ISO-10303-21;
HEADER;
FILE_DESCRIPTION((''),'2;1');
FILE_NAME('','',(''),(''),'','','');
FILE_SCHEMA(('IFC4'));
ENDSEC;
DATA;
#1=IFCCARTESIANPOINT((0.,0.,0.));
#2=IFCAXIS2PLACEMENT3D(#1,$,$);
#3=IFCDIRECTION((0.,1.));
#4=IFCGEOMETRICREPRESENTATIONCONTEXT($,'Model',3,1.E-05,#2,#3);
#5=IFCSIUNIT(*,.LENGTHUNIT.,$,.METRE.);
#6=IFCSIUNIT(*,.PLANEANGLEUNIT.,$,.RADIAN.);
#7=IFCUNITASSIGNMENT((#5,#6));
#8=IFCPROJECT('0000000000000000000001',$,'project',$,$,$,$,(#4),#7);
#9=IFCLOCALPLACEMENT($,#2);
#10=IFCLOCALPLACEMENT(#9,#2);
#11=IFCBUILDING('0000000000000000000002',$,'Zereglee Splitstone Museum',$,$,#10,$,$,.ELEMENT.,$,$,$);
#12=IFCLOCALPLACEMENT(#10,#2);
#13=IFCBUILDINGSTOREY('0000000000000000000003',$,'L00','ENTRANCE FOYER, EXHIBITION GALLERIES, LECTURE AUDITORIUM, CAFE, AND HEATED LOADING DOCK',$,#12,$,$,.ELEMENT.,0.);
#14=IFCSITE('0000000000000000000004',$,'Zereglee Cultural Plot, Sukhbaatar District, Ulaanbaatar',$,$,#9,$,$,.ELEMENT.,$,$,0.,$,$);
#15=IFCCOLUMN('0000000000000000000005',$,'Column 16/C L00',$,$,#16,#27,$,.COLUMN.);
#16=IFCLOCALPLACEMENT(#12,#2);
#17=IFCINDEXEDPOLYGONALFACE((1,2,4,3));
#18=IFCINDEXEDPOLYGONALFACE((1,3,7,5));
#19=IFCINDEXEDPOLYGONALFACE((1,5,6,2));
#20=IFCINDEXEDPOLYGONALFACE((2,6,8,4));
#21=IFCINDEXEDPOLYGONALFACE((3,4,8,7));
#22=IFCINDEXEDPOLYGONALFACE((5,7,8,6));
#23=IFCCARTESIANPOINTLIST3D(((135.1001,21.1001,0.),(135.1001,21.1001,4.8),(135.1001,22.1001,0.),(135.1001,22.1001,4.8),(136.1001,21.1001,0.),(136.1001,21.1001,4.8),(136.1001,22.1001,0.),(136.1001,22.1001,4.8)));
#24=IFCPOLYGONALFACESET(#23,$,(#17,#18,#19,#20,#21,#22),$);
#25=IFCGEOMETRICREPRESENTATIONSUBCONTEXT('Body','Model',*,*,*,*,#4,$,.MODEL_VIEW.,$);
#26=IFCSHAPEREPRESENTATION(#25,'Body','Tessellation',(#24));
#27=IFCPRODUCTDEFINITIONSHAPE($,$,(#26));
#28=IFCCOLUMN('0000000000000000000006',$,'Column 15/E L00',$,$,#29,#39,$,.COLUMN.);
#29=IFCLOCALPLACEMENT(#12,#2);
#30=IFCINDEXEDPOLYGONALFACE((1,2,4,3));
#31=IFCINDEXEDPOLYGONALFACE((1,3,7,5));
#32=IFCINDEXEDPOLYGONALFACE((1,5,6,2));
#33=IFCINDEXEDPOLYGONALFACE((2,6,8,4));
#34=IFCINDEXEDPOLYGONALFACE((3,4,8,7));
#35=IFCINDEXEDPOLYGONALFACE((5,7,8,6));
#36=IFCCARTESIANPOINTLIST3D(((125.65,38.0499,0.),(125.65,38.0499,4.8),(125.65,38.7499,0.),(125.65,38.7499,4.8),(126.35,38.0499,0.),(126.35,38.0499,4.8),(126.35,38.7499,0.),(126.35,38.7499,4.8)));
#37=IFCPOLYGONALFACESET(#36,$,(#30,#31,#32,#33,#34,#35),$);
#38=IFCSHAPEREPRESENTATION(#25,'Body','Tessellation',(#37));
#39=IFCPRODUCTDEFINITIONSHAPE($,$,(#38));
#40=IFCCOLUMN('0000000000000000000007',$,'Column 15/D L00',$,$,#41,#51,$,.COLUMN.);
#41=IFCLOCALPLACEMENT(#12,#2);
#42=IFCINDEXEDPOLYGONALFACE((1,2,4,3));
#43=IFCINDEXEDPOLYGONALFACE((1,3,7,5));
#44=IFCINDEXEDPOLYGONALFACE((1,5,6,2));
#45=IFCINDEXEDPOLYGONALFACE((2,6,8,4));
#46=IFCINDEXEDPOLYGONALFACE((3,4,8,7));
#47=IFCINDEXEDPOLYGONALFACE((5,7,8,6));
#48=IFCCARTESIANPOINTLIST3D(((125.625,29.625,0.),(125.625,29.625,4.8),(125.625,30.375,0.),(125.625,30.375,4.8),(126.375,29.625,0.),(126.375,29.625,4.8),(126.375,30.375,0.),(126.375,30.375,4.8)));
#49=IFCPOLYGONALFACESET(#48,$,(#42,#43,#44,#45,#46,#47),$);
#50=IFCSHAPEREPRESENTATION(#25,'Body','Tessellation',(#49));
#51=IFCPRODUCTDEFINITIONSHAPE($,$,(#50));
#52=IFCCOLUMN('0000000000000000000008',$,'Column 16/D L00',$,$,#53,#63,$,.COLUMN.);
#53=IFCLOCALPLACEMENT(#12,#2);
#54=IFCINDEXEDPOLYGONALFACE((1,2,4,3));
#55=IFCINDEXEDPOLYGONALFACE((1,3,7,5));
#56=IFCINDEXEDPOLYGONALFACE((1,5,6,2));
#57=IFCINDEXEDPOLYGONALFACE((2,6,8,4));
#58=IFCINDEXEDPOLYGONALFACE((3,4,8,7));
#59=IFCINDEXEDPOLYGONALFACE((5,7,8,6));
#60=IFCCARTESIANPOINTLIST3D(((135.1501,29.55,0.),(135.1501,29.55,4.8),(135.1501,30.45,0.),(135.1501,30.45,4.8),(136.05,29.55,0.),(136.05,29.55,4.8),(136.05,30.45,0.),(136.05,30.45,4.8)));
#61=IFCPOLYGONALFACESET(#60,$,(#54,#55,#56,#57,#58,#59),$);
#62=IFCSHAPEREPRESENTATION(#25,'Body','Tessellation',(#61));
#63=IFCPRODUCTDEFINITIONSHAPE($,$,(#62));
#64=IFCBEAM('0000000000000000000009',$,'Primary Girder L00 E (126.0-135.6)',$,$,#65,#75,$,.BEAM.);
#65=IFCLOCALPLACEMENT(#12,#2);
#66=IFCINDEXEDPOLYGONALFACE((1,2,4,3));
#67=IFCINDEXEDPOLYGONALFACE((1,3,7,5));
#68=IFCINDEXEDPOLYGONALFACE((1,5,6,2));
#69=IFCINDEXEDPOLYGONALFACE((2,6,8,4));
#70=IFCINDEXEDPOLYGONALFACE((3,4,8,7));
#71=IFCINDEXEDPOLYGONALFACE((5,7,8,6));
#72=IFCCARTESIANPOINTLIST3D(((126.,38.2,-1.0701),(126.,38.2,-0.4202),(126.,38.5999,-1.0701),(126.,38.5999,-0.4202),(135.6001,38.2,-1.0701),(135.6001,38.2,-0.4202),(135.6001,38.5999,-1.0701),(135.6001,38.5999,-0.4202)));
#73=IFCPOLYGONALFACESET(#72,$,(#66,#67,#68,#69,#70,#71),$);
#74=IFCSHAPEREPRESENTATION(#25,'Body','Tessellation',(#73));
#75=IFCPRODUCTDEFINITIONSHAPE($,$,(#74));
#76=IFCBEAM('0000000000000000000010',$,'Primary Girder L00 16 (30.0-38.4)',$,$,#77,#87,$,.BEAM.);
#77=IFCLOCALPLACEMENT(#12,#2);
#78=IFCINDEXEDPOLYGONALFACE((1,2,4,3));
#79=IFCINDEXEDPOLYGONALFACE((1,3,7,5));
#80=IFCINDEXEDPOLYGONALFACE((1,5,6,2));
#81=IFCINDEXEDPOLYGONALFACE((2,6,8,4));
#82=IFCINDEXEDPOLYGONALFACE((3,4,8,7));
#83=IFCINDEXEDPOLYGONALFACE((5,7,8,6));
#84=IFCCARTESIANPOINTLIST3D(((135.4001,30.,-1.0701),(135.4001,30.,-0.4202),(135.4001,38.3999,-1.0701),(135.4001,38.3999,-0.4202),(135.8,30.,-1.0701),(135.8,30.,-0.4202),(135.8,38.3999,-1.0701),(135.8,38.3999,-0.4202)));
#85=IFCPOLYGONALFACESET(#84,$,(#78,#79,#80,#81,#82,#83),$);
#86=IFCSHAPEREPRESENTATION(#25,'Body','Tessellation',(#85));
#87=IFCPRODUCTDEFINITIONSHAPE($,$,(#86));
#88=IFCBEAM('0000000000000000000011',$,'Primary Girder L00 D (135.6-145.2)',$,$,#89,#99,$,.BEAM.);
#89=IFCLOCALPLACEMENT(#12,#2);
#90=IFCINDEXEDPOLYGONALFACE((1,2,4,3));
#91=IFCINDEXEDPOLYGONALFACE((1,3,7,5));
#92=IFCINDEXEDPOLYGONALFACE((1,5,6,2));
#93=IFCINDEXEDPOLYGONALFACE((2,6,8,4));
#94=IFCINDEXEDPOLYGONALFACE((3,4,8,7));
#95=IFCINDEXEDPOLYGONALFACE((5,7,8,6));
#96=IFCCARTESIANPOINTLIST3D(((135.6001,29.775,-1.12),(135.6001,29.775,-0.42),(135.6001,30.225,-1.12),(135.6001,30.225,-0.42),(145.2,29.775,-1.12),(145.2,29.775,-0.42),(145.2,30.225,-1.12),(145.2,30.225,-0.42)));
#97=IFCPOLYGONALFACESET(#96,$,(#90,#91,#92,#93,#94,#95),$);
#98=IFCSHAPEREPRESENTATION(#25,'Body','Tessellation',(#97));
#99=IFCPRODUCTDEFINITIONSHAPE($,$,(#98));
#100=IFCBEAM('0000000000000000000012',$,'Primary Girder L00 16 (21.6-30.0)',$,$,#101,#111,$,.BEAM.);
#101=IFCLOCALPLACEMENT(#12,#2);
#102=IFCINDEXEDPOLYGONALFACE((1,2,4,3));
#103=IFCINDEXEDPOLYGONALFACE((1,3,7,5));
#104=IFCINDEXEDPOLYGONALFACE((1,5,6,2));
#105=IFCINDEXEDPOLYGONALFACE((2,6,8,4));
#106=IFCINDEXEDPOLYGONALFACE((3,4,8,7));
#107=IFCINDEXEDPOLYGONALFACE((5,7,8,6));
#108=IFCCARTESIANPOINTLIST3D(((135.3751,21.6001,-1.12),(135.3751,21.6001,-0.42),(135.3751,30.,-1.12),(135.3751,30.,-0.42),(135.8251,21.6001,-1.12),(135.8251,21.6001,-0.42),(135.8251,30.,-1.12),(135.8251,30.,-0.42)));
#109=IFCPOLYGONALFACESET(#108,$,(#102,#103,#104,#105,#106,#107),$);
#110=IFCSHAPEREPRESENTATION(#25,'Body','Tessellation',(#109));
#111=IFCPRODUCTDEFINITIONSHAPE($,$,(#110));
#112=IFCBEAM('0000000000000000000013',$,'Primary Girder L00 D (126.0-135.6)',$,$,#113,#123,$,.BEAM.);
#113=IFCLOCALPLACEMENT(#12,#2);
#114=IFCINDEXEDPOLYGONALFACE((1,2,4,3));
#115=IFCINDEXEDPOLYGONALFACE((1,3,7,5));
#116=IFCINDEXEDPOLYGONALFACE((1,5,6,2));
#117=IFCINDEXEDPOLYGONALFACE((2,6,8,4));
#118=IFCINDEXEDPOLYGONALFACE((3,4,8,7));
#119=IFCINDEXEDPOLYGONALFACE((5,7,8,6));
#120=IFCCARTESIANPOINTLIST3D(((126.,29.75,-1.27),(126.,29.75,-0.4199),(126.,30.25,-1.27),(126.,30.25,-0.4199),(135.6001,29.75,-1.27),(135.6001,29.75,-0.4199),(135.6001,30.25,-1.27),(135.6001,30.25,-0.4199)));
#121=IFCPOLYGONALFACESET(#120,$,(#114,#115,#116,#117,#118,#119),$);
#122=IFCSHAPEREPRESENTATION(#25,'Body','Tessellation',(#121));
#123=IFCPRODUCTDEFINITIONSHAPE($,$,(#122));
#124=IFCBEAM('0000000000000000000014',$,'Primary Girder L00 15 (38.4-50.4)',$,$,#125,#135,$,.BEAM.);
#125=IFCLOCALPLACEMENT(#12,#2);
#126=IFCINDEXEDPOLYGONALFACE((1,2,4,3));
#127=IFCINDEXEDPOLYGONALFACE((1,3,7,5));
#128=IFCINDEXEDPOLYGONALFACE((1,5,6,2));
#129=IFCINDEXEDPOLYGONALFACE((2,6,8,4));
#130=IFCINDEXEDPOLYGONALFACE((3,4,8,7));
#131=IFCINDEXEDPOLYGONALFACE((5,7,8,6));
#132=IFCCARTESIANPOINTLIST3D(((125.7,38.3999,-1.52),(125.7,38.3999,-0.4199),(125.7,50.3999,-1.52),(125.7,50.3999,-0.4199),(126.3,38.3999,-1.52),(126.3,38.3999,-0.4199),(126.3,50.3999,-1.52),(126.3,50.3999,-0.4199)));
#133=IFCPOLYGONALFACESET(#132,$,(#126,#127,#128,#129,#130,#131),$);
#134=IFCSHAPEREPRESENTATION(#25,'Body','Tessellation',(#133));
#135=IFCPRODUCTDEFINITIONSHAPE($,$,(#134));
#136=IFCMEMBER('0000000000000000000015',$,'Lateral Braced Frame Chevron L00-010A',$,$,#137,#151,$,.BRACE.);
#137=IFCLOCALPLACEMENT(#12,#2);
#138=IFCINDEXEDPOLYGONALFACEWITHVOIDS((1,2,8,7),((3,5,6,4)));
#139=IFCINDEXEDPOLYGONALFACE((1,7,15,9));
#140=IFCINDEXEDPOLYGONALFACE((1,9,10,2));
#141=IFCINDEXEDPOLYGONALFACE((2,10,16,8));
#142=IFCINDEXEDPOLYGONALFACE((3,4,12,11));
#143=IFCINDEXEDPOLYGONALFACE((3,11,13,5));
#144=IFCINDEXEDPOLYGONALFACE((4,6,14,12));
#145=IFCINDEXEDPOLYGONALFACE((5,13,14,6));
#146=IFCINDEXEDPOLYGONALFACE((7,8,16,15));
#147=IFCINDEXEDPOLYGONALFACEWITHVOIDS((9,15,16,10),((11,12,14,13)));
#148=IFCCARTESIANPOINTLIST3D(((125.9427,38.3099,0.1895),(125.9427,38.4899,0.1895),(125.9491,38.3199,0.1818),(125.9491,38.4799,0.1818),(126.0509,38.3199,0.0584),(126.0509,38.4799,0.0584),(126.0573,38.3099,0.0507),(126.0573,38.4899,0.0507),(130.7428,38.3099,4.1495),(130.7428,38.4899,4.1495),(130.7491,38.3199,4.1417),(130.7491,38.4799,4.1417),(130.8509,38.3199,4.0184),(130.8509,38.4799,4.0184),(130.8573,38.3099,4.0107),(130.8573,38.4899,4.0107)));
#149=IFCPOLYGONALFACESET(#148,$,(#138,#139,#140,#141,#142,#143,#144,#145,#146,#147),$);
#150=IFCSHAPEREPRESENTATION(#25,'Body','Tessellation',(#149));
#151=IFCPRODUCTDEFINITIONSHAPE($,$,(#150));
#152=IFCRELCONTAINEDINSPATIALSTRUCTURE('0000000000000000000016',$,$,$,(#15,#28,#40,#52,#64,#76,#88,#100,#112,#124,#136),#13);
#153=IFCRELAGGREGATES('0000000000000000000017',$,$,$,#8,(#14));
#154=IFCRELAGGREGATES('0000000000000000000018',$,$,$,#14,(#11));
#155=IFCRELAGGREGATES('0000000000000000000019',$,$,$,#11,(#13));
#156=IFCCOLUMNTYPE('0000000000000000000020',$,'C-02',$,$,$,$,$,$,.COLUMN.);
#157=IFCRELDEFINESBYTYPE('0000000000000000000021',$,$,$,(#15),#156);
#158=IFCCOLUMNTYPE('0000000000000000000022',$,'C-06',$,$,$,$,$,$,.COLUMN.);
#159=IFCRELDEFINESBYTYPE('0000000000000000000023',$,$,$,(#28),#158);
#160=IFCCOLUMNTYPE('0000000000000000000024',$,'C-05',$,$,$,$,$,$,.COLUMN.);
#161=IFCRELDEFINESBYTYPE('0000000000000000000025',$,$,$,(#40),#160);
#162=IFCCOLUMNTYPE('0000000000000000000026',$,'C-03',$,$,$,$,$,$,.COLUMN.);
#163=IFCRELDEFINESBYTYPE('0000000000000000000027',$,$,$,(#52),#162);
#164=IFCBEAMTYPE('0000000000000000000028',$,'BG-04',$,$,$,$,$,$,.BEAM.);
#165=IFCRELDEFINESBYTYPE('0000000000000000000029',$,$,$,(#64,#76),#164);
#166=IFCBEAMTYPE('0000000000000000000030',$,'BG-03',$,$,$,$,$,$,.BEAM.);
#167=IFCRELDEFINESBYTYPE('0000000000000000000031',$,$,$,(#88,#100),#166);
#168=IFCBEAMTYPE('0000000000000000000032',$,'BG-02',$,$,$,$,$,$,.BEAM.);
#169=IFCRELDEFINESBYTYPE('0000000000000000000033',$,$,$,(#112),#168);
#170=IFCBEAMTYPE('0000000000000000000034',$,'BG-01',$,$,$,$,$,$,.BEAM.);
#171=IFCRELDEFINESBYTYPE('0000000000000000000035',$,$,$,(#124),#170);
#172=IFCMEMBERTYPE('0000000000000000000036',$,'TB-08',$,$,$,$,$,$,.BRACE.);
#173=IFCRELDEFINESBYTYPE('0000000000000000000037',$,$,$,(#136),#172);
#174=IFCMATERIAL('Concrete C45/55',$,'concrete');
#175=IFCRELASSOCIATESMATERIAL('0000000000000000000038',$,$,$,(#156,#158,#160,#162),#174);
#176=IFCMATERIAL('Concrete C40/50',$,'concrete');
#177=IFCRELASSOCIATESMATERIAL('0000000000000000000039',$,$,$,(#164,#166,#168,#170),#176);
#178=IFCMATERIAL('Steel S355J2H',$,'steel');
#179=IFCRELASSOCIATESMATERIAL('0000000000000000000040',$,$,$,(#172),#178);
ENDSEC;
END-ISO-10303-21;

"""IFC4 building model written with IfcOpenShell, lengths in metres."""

from ifc_helpers import new_model, si_unit, direction, frame, origin, origin_2d, place, context, subcontext, project, spatial, rectangle, hollow_rectangle, extrude, material, material_profile, profile_set, type_object, element, save


model = new_model("IFC4")

# Units and contexts
model_context = context("Model", 3, precision=1e-05, world=origin(), true_north=direction((0.0, 1.0)))
body_context = subcontext(model_context, "Body", "Model", "MODEL_VIEW")
ifc_project = project(units=[si_unit("LENGTHUNIT", "METRE"), si_unit("PLANEANGLEUNIT", "RADIAN")], contexts=[model_context])

# Site, building, storey
site_placement = place(None, origin())
site = spatial("IfcSite", under=ifc_project, at=site_placement, Name="Zereglee Cultural Plot, Sukhbaatar District, Ulaanbaatar", CompositionType="ELEMENT", RefElevation=0.0)
building_placement = place(site_placement, origin())
building = spatial("IfcBuilding", under=site, at=building_placement, Name="Zereglee Splitstone Museum", CompositionType="ELEMENT")
storey_placement = place(building_placement, origin())
storey = spatial("IfcBuildingStorey", under=building, at=storey_placement, Name="L00", Description="ENTRANCE FOYER, EXHIBITION GALLERIES, LECTURE AUDITORIUM, CAFE, AND HEATED LOADING DOCK", CompositionType="ELEMENT", Elevation=0.0)

# Columns
ifc_material_1 = material(Name="Concrete C45/55", Category="concrete")
ifc_material_profile_1 = material_profile(ifc_material_1, rectangle(XDim=1.0, YDim=1.0, at=origin_2d()), Name="RC 1000x1000")
ifc_profile_set_1 = profile_set([ifc_material_profile_1], Name="Concrete C45/55")
column_type_1 = type_object("IfcColumnType", Name="C-02", PredefinedType="COLUMN", material=ifc_profile_set_1)
column_1_placement = place(storey_placement, frame((135.6001, 21.6001, 0.0), z_axis=(0.0, 0.0, 1.0), x_axis=(1.0, 0.0, 0.0)))
element("IfcColumn", 1, at=column_1_placement, inside=storey, type_object=column_type_1, Name="Column 16/C L00", PredefinedType="COLUMN", context=body_context, shape_type="SweptSolid", body=[
    extrude(rectangle(XDim=1.0, YDim=1.0, at=origin_2d()), origin(), (0.0, 0.0, 1.0), 4.8),
])
ifc_material_profile_2 = material_profile(ifc_material_1, rectangle(XDim=0.7, YDim=0.7, at=origin_2d()), Name="RC 700x700")
ifc_profile_set_2 = profile_set([ifc_material_profile_2], Name="Concrete C45/55")
column_type_2 = type_object("IfcColumnType", Name="C-06", PredefinedType="COLUMN", material=ifc_profile_set_2)
column_2_placement = place(storey_placement, frame((126.0, 38.3999, 0.0), z_axis=(0.0, 0.0, 1.0), x_axis=(1.0, 0.0, 0.0)))
element("IfcColumn", 2, at=column_2_placement, inside=storey, type_object=column_type_2, Name="Column 15/E L00", PredefinedType="COLUMN", context=body_context, shape_type="SweptSolid", body=[
    extrude(rectangle(XDim=0.7, YDim=0.7, at=origin_2d()), origin(), (0.0, 0.0, 1.0), 4.8),
])
ifc_material_profile_3 = material_profile(ifc_material_1, rectangle(XDim=0.75, YDim=0.75, at=origin_2d()), Name="RC 750x750")
ifc_profile_set_3 = profile_set([ifc_material_profile_3], Name="Concrete C45/55")
column_type_3 = type_object("IfcColumnType", Name="C-05", PredefinedType="COLUMN", material=ifc_profile_set_3)
column_3_placement = place(storey_placement, frame((126.0, 30.0, 0.0), z_axis=(0.0, 0.0, 1.0), x_axis=(1.0, 0.0, 0.0)))
element("IfcColumn", 3, at=column_3_placement, inside=storey, type_object=column_type_3, Name="Column 15/D L00", PredefinedType="COLUMN", context=body_context, shape_type="SweptSolid", body=[
    extrude(rectangle(XDim=0.75, YDim=0.75, at=origin_2d()), origin(), (0.0, 0.0, 1.0), 4.8),
])
ifc_material_profile_4 = material_profile(ifc_material_1, rectangle(XDim=0.8999, YDim=0.8999, at=origin_2d()), Name="RC 900x900")
ifc_profile_set_4 = profile_set([ifc_material_profile_4], Name="Concrete C45/55")
column_type_4 = type_object("IfcColumnType", Name="C-03", PredefinedType="COLUMN", material=ifc_profile_set_4)
column_4_placement = place(storey_placement, frame((135.6001, 30.0, 0.0), z_axis=(0.0, 0.0, 1.0), x_axis=(1.0, 0.0, 0.0)))
element("IfcColumn", 4, at=column_4_placement, inside=storey, type_object=column_type_4, Name="Column 16/D L00", PredefinedType="COLUMN", context=body_context, shape_type="SweptSolid", body=[
    extrude(rectangle(XDim=0.8999, YDim=0.8999, at=origin_2d()), origin(), (0.0, 0.0, 1.0), 4.8),
])

# Beams
ifc_material_2 = material(Name="Concrete C40/50", Category="concrete")
ifc_material_profile_5 = material_profile(ifc_material_2, rectangle(XDim=0.3999, YDim=0.6499, at=origin_2d()), Name="RC 400x650")
ifc_profile_set_5 = profile_set([ifc_material_profile_5], Name="Concrete C40/50")
beam_type_1 = type_object("IfcBeamType", Name="BG-04", PredefinedType="BEAM", material=ifc_profile_set_5)
beam_1_placement = place(storey_placement, frame((126.0, 38.3999, -0.7451), z_axis=(1.0, 0.0, 0.0), x_axis=(0.0, 1.0, 0.0)))
element("IfcBeam", 5, at=beam_1_placement, inside=storey, type_object=beam_type_1, Name="Primary Girder L00 E (126.0-135.6)", PredefinedType="BEAM", context=body_context, shape_type="SweptSolid", body=[
    extrude(rectangle(XDim=0.3999, YDim=0.6499, at=origin_2d()), origin(), (0.0, 0.0, 1.0), 9.6001),
])
beam_2_placement = place(storey_placement, frame((135.6001, 30.0, -0.7451), z_axis=(0.0, 1.0, 0.0), x_axis=(-1.0, 0.0, 0.0)))
element("IfcBeam", 6, at=beam_2_placement, inside=storey, type_object=beam_type_1, Name="Primary Girder L00 16 (30.0-38.4)", PredefinedType="BEAM", context=body_context, shape_type="SweptSolid", body=[
    extrude(rectangle(XDim=0.3999, YDim=0.6499, at=origin_2d()), origin(), (0.0, 0.0, 1.0), 8.3999),
])
ifc_material_profile_6 = material_profile(ifc_material_2, rectangle(XDim=0.45, YDim=0.7, at=origin_2d()), Name="RC 450x700")
ifc_profile_set_6 = profile_set([ifc_material_profile_6], Name="Concrete C40/50")
beam_type_2 = type_object("IfcBeamType", Name="BG-03", PredefinedType="BEAM", material=ifc_profile_set_6)
beam_3_placement = place(storey_placement, frame((135.6001, 30.0, -0.77), z_axis=(1.0, 0.0, 0.0), x_axis=(0.0, 1.0, 0.0)))
element("IfcBeam", 7, at=beam_3_placement, inside=storey, type_object=beam_type_2, Name="Primary Girder L00 D (135.6-145.2)", PredefinedType="BEAM", context=body_context, shape_type="SweptSolid", body=[
    extrude(rectangle(XDim=0.45, YDim=0.7, at=origin_2d()), origin(), (0.0, 0.0, 1.0), 9.5999),
])
beam_4_placement = place(storey_placement, frame((135.6001, 21.6001, -0.77), z_axis=(0.0, 1.0, 0.0), x_axis=(-1.0, 0.0, 0.0)))
element("IfcBeam", 8, at=beam_4_placement, inside=storey, type_object=beam_type_2, Name="Primary Girder L00 16 (21.6-30.0)", PredefinedType="BEAM", context=body_context, shape_type="SweptSolid", body=[
    extrude(rectangle(XDim=0.45, YDim=0.7, at=origin_2d()), origin(), (0.0, 0.0, 1.0), 8.3999),
])
ifc_material_profile_7 = material_profile(ifc_material_2, rectangle(XDim=0.5, YDim=0.8501, at=origin_2d()), Name="RC 500x850")
ifc_profile_set_7 = profile_set([ifc_material_profile_7], Name="Concrete C40/50")
beam_type_3 = type_object("IfcBeamType", Name="BG-02", PredefinedType="BEAM", material=ifc_profile_set_7)
beam_5_placement = place(storey_placement, frame((126.0, 30.0, -0.845), z_axis=(1.0, 0.0, 0.0), x_axis=(0.0, 1.0, 0.0)))
element("IfcBeam", 9, at=beam_5_placement, inside=storey, type_object=beam_type_3, Name="Primary Girder L00 D (126.0-135.6)", PredefinedType="BEAM", context=body_context, shape_type="SweptSolid", body=[
    extrude(rectangle(XDim=0.5, YDim=0.8501, at=origin_2d()), origin(), (0.0, 0.0, 1.0), 9.6001),
])
ifc_material_profile_8 = material_profile(ifc_material_2, rectangle(XDim=0.6001, YDim=1.1001, at=origin_2d()), Name="RC 600x1100")
ifc_profile_set_8 = profile_set([ifc_material_profile_8], Name="Concrete C40/50")
beam_type_4 = type_object("IfcBeamType", Name="BG-01", PredefinedType="BEAM", material=ifc_profile_set_8)
beam_6_placement = place(storey_placement, frame((126.0, 38.3999, -0.97), z_axis=(0.0, 1.0, 0.0), x_axis=(-1.0, 0.0, 0.0)))
element("IfcBeam", 10, at=beam_6_placement, inside=storey, type_object=beam_type_4, Name="Primary Girder L00 15 (38.4-50.4)", PredefinedType="BEAM", context=body_context, shape_type="SweptSolid", body=[
    extrude(rectangle(XDim=0.6001, YDim=1.1001, at=origin_2d()), origin(), (0.0, 0.0, 1.0), 12.0),
])

# Member
ifc_material_3 = material(Name="Steel S355J2H", Category="steel")
ifc_material_profile_9 = material_profile(ifc_material_3, hollow_rectangle(XDim=0.1799, YDim=0.1799, WallThickness=0.01, at=origin_2d()), Name="SHS 180x180x10")
ifc_profile_set_9 = profile_set([ifc_material_profile_9], Name="Steel S355J2H")
member_type = type_object("IfcMemberType", Name="TB-08", PredefinedType="BRACE", material=ifc_profile_set_9)
member_placement = place(storey_placement, frame((126.0, 38.3999, 0.1201), z_axis=(0.77138, 0.0, 0.636375), x_axis=(0.0, 1.0, 0.0)))
element("IfcMember", 11, at=member_placement, inside=storey, type_object=member_type, Name="Lateral Braced Frame Chevron L00-010A", PredefinedType="BRACE", context=body_context, shape_type="SweptSolid", body=[
    extrude(hollow_rectangle(XDim=0.1799, YDim=0.1799, WallThickness=0.01, at=origin_2d()), origin(), (0.0, 0.0, 1.0), 6.2227),
])

save(model, "model.ifc")
